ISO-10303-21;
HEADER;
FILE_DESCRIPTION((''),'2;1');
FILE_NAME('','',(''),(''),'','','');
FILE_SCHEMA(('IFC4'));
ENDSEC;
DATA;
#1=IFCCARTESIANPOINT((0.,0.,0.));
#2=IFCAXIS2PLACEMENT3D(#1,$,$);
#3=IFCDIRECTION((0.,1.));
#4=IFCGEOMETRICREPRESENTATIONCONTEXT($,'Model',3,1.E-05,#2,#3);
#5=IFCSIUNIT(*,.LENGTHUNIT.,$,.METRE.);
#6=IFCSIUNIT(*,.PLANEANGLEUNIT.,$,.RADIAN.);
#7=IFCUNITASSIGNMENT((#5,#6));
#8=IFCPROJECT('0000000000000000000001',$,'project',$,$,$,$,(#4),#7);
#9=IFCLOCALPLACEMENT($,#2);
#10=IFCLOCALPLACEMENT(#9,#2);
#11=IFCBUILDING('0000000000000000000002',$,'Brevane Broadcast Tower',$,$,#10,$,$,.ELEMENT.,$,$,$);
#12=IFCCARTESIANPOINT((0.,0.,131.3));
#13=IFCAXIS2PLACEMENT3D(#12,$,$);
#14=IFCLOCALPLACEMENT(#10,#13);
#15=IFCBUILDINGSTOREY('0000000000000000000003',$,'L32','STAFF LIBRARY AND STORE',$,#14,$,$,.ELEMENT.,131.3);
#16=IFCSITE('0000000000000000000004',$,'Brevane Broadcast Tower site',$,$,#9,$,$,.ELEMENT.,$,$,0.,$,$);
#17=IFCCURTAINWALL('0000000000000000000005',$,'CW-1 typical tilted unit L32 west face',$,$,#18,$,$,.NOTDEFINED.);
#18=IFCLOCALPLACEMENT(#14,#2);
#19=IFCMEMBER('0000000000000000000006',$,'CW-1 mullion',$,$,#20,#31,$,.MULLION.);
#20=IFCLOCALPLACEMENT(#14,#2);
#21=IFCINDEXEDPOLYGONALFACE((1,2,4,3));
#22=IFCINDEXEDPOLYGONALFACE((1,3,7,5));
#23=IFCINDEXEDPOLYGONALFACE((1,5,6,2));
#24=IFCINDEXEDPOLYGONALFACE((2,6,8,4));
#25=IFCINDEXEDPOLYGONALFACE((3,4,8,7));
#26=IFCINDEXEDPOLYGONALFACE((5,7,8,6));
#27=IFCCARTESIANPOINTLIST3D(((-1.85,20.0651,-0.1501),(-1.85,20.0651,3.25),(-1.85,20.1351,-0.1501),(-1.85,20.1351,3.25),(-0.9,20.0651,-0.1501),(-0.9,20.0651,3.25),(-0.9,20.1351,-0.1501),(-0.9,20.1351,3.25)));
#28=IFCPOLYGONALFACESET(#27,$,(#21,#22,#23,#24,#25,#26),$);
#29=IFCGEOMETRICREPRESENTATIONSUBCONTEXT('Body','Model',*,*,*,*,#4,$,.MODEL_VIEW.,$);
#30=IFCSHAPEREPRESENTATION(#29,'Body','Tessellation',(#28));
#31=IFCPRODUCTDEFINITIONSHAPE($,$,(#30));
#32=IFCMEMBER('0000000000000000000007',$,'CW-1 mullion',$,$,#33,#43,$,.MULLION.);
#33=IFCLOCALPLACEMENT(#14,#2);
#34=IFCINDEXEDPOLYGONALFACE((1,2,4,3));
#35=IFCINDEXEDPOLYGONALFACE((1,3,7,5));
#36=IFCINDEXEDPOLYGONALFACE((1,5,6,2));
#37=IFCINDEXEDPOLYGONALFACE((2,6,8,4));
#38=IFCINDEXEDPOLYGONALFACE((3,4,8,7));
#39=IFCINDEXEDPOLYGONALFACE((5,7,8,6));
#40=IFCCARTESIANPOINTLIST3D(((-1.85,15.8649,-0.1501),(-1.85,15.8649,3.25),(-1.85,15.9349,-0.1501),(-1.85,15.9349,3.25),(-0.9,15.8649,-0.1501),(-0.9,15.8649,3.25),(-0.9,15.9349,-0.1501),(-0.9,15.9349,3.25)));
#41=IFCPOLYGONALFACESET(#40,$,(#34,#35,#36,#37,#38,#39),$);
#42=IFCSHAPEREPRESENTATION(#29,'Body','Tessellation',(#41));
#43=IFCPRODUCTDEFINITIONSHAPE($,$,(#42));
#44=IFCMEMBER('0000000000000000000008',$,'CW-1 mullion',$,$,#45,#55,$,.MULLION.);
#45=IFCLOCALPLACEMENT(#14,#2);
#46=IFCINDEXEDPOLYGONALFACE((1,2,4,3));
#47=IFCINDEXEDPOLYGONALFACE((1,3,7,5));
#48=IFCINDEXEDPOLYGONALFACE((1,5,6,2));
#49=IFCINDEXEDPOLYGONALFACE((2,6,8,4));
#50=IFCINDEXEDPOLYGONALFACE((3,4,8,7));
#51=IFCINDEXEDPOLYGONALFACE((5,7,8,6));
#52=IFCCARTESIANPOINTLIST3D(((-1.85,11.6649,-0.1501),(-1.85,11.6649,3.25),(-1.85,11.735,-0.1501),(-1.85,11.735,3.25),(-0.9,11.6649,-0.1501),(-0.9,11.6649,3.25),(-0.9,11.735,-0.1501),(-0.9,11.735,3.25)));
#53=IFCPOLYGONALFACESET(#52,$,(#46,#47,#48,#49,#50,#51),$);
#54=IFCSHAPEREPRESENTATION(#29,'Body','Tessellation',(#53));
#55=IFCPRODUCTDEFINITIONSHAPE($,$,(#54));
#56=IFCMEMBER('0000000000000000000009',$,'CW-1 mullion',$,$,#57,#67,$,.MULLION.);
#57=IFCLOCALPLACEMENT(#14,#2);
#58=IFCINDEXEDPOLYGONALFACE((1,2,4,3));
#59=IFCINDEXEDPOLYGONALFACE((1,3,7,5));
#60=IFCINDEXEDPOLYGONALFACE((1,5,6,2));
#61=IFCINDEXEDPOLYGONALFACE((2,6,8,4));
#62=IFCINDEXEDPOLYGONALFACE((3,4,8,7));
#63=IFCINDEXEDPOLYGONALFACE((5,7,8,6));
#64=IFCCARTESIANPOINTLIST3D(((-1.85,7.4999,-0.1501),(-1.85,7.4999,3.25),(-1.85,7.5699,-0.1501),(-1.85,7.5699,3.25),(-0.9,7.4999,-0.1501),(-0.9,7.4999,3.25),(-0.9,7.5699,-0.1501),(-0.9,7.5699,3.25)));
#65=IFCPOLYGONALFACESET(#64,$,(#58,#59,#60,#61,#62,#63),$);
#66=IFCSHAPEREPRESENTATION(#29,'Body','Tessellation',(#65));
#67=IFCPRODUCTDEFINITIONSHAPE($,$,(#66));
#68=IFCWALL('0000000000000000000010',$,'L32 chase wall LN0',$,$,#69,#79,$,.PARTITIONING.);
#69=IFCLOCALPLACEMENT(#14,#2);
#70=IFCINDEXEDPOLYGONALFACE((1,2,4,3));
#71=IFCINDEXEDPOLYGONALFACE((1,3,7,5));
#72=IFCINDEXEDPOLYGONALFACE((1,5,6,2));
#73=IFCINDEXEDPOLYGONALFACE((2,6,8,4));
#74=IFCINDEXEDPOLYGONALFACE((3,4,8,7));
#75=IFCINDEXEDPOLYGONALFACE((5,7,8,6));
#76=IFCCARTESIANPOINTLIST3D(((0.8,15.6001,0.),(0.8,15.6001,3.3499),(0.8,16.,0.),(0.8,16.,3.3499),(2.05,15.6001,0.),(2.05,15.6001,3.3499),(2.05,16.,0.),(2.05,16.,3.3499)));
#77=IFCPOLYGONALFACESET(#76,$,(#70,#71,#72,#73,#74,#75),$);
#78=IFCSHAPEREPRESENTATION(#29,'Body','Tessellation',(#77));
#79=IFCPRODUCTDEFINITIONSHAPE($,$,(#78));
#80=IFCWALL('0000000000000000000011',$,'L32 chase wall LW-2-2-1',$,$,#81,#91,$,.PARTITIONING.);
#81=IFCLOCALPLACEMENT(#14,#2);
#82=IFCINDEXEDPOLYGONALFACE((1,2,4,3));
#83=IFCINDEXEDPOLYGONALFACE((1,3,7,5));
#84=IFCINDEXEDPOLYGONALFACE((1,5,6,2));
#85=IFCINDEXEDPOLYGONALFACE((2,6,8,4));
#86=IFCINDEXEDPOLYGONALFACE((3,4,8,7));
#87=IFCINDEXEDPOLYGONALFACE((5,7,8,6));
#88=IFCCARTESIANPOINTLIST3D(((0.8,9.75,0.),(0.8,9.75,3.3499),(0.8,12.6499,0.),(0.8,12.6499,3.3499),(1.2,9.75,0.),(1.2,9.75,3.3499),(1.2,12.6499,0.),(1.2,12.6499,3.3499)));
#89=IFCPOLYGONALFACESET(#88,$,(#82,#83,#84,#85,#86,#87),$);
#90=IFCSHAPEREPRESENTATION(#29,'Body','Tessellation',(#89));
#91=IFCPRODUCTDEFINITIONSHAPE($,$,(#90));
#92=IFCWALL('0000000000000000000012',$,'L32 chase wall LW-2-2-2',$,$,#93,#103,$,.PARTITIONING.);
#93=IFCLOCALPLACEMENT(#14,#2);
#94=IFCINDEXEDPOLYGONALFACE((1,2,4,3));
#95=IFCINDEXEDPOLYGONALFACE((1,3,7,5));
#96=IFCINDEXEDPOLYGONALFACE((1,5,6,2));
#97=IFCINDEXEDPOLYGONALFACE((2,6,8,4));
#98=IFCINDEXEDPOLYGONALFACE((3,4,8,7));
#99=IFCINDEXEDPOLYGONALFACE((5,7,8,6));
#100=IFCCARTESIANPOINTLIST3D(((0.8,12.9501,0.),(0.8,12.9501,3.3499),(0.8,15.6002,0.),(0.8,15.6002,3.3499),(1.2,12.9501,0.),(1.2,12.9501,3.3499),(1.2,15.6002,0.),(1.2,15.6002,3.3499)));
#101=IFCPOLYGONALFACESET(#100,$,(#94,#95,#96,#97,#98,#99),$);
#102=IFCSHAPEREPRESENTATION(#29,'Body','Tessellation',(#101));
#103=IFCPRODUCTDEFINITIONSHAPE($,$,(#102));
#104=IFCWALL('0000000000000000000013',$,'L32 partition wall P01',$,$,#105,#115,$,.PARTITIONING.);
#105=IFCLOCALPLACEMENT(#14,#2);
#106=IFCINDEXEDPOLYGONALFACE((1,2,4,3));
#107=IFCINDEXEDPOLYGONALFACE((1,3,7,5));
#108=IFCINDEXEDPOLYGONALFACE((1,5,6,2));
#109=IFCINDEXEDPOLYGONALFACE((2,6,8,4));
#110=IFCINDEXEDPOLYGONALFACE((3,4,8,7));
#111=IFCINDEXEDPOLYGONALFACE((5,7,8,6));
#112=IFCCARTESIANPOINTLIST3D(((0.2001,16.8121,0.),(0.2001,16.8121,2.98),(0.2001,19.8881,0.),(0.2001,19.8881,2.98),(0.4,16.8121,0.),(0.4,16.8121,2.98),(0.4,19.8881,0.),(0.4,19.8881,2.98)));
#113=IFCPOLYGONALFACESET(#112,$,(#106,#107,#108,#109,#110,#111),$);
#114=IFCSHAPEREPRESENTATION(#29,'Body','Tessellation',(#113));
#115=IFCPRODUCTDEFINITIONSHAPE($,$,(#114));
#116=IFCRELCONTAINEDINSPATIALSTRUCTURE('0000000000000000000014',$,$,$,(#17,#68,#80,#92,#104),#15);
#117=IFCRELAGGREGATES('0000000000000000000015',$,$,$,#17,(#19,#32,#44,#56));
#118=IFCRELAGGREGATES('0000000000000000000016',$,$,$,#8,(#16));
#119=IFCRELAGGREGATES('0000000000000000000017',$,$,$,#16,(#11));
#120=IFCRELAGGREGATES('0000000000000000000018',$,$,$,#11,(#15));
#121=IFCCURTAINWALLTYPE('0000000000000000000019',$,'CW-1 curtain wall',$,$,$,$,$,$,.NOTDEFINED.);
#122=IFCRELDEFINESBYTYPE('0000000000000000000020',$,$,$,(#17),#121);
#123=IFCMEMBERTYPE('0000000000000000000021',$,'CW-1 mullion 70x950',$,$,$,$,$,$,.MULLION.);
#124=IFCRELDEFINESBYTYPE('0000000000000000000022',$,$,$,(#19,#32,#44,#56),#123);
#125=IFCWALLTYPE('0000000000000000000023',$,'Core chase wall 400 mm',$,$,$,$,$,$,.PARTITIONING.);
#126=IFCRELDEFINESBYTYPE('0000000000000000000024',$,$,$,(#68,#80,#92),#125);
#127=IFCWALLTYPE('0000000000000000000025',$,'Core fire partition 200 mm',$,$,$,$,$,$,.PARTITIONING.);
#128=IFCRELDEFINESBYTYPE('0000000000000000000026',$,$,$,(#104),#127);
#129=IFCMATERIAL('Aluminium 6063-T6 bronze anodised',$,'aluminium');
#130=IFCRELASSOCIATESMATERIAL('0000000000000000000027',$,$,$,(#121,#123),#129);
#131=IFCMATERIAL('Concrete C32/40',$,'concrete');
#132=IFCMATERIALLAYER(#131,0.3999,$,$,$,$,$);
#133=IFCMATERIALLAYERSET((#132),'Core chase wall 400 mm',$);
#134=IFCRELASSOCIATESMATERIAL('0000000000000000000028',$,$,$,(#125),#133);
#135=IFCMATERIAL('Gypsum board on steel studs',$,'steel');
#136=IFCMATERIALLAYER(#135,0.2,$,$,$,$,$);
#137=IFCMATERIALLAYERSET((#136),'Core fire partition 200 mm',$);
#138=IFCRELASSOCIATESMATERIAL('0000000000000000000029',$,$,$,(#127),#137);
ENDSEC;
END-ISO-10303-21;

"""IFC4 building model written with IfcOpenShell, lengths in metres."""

from ifc_helpers import new_model, si_unit, direction, frame, frame_2d, origin, origin_2d, place, context, subcontext, project, spatial, rectangle, extrude, material, layer, layer_set, material_profile, profile_set, type_object, element, aggregate, save


model = new_model("IFC4")

# Units and contexts
model_context = context("Model", 3, precision=1e-05, world=origin(), true_north=direction((0.0, 1.0)))
body_context = subcontext(model_context, "Body", "Model", "MODEL_VIEW")
ifc_project = project(units=[si_unit("LENGTHUNIT", "METRE"), si_unit("PLANEANGLEUNIT", "RADIAN")], contexts=[model_context])

# Site, building, storey
site_placement = place(None, origin())
site = spatial("IfcSite", under=ifc_project, at=site_placement, Name="Brevane Broadcast Tower site", CompositionType="ELEMENT", RefElevation=0.0)
building_placement = place(site_placement, origin())
building = spatial("IfcBuilding", under=site, at=building_placement, Name="Brevane Broadcast Tower", CompositionType="ELEMENT")
storey_placement = place(building_placement, frame((0.0, 0.0, 131.3)))
storey = spatial("IfcBuildingStorey", under=building, at=storey_placement, Name="L32", Description="STAFF LIBRARY AND STORE", CompositionType="ELEMENT", Elevation=131.3)

# Curtain wall, members
ifc_material_1 = material(Name="Aluminium 6063-T6 bronze anodised", Category="aluminium")
curtain_wall_type = type_object("IfcCurtainWallType", Name="CW-1 curtain wall", PredefinedType="NOTDEFINED", material=ifc_material_1)
curtain_wall_placement = place(storey_placement, origin())
curtain_wall = element("IfcCurtainWall", 1, at=curtain_wall_placement, inside=storey, type_object=curtain_wall_type, Name="CW-1 typical tilted unit L32 west face", PredefinedType="NOTDEFINED")
ifc_material_profile = material_profile(ifc_material_1, rectangle(XDim=0.95, YDim=0.0701, at=origin_2d()), Name="RECT 70x950")
ifc_profile_set = profile_set([ifc_material_profile], Name="Aluminium 6063-T6 bronze anodised")
member_type = type_object("IfcMemberType", Name="CW-1 mullion 70x950", PredefinedType="MULLION", material=ifc_profile_set)
member_1_placement = place(storey_placement, frame((-1.375, 20.1001, -0.1501), z_axis=(0.0, 0.0, 1.0), x_axis=(1.0, 0.0, 0.0)))
member_1 = element("IfcMember", 2, at=member_1_placement, type_object=member_type, Name="CW-1 mullion", PredefinedType="MULLION", context=body_context, shape_type="SweptSolid", body=[
    extrude(rectangle(XDim=0.95, YDim=0.0701, at=origin_2d()), origin(), (0.0, 0.0, 1.0), 3.4001),
])
member_2_placement = place(storey_placement, frame((-1.375, 15.8999, -0.1501), z_axis=(0.0, 0.0, 1.0), x_axis=(1.0, 0.0, 0.0)))
member_2 = element("IfcMember", 3, at=member_2_placement, type_object=member_type, Name="CW-1 mullion", PredefinedType="MULLION", context=body_context, shape_type="SweptSolid", body=[
    extrude(rectangle(XDim=0.95, YDim=0.0701, at=origin_2d()), origin(), (0.0, 0.0, 1.0), 3.4001),
])
member_3_placement = place(storey_placement, frame((-1.375, 11.7, -0.1501), z_axis=(0.0, 0.0, 1.0), x_axis=(1.0, 0.0, 0.0)))
member_3 = element("IfcMember", 4, at=member_3_placement, type_object=member_type, Name="CW-1 mullion", PredefinedType="MULLION", context=body_context, shape_type="SweptSolid", body=[
    extrude(rectangle(XDim=0.95, YDim=0.0701, at=origin_2d()), origin(), (0.0, 0.0, 1.0), 3.4001),
])
member_4_placement = place(storey_placement, frame((-1.375, 7.5349, -0.1501), z_axis=(0.0, 0.0, 1.0), x_axis=(1.0, 0.0, 0.0)))
member_4 = element("IfcMember", 5, at=member_4_placement, type_object=member_type, Name="CW-1 mullion", PredefinedType="MULLION", context=body_context, shape_type="SweptSolid", body=[
    extrude(rectangle(XDim=0.95, YDim=0.0701, at=origin_2d()), origin(), (0.0, 0.0, 1.0), 3.4001),
])
aggregate(curtain_wall, [member_1, member_2, member_3, member_4])

# Walls
ifc_material_2 = material(Name="Concrete C32/40", Category="concrete")
ifc_layer_1 = layer(ifc_material_2, 0.3999)
ifc_layer_set_1 = layer_set([ifc_layer_1], Name="Core chase wall 400 mm")
wall_type_1 = type_object("IfcWallType", Name="Core chase wall 400 mm", PredefinedType="PARTITIONING", material=ifc_layer_set_1)
wall_1_placement = place(storey_placement, frame((0.8, 15.8, 0.0), z_axis=(0.0, 0.0, 1.0), x_axis=(1.0, 0.0, 0.0)))
element("IfcWall", 6, at=wall_1_placement, inside=storey, type_object=wall_type_1, Name="L32 chase wall LN0", PredefinedType="PARTITIONING", context=body_context, shape_type="SweptSolid", body=[
    extrude(rectangle(XDim=1.25, YDim=0.3999, at=frame_2d((0.625, 0.0))), origin(), (0.0, 0.0, 1.0), 3.3499),
])
wall_2_placement = place(storey_placement, frame((1.0, 9.75, 0.0), z_axis=(0.0, 0.0, 1.0), x_axis=(0.0, 1.0, 0.0)))
element("IfcWall", 7, at=wall_2_placement, inside=storey, type_object=wall_type_1, Name="L32 chase wall LW-2-2-1", PredefinedType="PARTITIONING", context=body_context, shape_type="SweptSolid", body=[
    extrude(rectangle(XDim=2.8999, YDim=0.3999, at=frame_2d((1.45, 0.0))), origin(), (0.0, 0.0, 1.0), 3.3499),
])
wall_3_placement = place(storey_placement, frame((1.0, 12.95, 0.0), z_axis=(0.0, 0.0, 1.0), x_axis=(0.0, 1.0, 0.0)))
element("IfcWall", 8, at=wall_3_placement, inside=storey, type_object=wall_type_1, Name="L32 chase wall LW-2-2-2", PredefinedType="PARTITIONING", context=body_context, shape_type="SweptSolid", body=[
    extrude(rectangle(XDim=2.6501, YDim=0.3999, at=frame_2d((1.3252, 0.0))), origin(), (0.0, 0.0, 1.0), 3.3499),
])
ifc_material_3 = material(Name="Gypsum board on steel studs", Category="steel")
ifc_layer_2 = layer(ifc_material_3, 0.2)
ifc_layer_set_2 = layer_set([ifc_layer_2], Name="Core fire partition 200 mm")
wall_type_2 = type_object("IfcWallType", Name="Core fire partition 200 mm", PredefinedType="PARTITIONING", material=ifc_layer_set_2)
wall_4_placement = place(storey_placement, frame((0.3, 16.812, 0.0), z_axis=(0.0, 0.0, 1.0), x_axis=(0.0, 1.0, 0.0)))
element("IfcWall", 9, at=wall_4_placement, inside=storey, type_object=wall_type_2, Name="L32 partition wall P01", PredefinedType="PARTITIONING", context=body_context, shape_type="SweptSolid", body=[
    extrude(rectangle(XDim=3.0759, YDim=0.2, at=frame_2d((1.5381, 0.0))), origin(), (0.0, 0.0, 1.0), 2.98),
])

save(model, "model.ifc")
